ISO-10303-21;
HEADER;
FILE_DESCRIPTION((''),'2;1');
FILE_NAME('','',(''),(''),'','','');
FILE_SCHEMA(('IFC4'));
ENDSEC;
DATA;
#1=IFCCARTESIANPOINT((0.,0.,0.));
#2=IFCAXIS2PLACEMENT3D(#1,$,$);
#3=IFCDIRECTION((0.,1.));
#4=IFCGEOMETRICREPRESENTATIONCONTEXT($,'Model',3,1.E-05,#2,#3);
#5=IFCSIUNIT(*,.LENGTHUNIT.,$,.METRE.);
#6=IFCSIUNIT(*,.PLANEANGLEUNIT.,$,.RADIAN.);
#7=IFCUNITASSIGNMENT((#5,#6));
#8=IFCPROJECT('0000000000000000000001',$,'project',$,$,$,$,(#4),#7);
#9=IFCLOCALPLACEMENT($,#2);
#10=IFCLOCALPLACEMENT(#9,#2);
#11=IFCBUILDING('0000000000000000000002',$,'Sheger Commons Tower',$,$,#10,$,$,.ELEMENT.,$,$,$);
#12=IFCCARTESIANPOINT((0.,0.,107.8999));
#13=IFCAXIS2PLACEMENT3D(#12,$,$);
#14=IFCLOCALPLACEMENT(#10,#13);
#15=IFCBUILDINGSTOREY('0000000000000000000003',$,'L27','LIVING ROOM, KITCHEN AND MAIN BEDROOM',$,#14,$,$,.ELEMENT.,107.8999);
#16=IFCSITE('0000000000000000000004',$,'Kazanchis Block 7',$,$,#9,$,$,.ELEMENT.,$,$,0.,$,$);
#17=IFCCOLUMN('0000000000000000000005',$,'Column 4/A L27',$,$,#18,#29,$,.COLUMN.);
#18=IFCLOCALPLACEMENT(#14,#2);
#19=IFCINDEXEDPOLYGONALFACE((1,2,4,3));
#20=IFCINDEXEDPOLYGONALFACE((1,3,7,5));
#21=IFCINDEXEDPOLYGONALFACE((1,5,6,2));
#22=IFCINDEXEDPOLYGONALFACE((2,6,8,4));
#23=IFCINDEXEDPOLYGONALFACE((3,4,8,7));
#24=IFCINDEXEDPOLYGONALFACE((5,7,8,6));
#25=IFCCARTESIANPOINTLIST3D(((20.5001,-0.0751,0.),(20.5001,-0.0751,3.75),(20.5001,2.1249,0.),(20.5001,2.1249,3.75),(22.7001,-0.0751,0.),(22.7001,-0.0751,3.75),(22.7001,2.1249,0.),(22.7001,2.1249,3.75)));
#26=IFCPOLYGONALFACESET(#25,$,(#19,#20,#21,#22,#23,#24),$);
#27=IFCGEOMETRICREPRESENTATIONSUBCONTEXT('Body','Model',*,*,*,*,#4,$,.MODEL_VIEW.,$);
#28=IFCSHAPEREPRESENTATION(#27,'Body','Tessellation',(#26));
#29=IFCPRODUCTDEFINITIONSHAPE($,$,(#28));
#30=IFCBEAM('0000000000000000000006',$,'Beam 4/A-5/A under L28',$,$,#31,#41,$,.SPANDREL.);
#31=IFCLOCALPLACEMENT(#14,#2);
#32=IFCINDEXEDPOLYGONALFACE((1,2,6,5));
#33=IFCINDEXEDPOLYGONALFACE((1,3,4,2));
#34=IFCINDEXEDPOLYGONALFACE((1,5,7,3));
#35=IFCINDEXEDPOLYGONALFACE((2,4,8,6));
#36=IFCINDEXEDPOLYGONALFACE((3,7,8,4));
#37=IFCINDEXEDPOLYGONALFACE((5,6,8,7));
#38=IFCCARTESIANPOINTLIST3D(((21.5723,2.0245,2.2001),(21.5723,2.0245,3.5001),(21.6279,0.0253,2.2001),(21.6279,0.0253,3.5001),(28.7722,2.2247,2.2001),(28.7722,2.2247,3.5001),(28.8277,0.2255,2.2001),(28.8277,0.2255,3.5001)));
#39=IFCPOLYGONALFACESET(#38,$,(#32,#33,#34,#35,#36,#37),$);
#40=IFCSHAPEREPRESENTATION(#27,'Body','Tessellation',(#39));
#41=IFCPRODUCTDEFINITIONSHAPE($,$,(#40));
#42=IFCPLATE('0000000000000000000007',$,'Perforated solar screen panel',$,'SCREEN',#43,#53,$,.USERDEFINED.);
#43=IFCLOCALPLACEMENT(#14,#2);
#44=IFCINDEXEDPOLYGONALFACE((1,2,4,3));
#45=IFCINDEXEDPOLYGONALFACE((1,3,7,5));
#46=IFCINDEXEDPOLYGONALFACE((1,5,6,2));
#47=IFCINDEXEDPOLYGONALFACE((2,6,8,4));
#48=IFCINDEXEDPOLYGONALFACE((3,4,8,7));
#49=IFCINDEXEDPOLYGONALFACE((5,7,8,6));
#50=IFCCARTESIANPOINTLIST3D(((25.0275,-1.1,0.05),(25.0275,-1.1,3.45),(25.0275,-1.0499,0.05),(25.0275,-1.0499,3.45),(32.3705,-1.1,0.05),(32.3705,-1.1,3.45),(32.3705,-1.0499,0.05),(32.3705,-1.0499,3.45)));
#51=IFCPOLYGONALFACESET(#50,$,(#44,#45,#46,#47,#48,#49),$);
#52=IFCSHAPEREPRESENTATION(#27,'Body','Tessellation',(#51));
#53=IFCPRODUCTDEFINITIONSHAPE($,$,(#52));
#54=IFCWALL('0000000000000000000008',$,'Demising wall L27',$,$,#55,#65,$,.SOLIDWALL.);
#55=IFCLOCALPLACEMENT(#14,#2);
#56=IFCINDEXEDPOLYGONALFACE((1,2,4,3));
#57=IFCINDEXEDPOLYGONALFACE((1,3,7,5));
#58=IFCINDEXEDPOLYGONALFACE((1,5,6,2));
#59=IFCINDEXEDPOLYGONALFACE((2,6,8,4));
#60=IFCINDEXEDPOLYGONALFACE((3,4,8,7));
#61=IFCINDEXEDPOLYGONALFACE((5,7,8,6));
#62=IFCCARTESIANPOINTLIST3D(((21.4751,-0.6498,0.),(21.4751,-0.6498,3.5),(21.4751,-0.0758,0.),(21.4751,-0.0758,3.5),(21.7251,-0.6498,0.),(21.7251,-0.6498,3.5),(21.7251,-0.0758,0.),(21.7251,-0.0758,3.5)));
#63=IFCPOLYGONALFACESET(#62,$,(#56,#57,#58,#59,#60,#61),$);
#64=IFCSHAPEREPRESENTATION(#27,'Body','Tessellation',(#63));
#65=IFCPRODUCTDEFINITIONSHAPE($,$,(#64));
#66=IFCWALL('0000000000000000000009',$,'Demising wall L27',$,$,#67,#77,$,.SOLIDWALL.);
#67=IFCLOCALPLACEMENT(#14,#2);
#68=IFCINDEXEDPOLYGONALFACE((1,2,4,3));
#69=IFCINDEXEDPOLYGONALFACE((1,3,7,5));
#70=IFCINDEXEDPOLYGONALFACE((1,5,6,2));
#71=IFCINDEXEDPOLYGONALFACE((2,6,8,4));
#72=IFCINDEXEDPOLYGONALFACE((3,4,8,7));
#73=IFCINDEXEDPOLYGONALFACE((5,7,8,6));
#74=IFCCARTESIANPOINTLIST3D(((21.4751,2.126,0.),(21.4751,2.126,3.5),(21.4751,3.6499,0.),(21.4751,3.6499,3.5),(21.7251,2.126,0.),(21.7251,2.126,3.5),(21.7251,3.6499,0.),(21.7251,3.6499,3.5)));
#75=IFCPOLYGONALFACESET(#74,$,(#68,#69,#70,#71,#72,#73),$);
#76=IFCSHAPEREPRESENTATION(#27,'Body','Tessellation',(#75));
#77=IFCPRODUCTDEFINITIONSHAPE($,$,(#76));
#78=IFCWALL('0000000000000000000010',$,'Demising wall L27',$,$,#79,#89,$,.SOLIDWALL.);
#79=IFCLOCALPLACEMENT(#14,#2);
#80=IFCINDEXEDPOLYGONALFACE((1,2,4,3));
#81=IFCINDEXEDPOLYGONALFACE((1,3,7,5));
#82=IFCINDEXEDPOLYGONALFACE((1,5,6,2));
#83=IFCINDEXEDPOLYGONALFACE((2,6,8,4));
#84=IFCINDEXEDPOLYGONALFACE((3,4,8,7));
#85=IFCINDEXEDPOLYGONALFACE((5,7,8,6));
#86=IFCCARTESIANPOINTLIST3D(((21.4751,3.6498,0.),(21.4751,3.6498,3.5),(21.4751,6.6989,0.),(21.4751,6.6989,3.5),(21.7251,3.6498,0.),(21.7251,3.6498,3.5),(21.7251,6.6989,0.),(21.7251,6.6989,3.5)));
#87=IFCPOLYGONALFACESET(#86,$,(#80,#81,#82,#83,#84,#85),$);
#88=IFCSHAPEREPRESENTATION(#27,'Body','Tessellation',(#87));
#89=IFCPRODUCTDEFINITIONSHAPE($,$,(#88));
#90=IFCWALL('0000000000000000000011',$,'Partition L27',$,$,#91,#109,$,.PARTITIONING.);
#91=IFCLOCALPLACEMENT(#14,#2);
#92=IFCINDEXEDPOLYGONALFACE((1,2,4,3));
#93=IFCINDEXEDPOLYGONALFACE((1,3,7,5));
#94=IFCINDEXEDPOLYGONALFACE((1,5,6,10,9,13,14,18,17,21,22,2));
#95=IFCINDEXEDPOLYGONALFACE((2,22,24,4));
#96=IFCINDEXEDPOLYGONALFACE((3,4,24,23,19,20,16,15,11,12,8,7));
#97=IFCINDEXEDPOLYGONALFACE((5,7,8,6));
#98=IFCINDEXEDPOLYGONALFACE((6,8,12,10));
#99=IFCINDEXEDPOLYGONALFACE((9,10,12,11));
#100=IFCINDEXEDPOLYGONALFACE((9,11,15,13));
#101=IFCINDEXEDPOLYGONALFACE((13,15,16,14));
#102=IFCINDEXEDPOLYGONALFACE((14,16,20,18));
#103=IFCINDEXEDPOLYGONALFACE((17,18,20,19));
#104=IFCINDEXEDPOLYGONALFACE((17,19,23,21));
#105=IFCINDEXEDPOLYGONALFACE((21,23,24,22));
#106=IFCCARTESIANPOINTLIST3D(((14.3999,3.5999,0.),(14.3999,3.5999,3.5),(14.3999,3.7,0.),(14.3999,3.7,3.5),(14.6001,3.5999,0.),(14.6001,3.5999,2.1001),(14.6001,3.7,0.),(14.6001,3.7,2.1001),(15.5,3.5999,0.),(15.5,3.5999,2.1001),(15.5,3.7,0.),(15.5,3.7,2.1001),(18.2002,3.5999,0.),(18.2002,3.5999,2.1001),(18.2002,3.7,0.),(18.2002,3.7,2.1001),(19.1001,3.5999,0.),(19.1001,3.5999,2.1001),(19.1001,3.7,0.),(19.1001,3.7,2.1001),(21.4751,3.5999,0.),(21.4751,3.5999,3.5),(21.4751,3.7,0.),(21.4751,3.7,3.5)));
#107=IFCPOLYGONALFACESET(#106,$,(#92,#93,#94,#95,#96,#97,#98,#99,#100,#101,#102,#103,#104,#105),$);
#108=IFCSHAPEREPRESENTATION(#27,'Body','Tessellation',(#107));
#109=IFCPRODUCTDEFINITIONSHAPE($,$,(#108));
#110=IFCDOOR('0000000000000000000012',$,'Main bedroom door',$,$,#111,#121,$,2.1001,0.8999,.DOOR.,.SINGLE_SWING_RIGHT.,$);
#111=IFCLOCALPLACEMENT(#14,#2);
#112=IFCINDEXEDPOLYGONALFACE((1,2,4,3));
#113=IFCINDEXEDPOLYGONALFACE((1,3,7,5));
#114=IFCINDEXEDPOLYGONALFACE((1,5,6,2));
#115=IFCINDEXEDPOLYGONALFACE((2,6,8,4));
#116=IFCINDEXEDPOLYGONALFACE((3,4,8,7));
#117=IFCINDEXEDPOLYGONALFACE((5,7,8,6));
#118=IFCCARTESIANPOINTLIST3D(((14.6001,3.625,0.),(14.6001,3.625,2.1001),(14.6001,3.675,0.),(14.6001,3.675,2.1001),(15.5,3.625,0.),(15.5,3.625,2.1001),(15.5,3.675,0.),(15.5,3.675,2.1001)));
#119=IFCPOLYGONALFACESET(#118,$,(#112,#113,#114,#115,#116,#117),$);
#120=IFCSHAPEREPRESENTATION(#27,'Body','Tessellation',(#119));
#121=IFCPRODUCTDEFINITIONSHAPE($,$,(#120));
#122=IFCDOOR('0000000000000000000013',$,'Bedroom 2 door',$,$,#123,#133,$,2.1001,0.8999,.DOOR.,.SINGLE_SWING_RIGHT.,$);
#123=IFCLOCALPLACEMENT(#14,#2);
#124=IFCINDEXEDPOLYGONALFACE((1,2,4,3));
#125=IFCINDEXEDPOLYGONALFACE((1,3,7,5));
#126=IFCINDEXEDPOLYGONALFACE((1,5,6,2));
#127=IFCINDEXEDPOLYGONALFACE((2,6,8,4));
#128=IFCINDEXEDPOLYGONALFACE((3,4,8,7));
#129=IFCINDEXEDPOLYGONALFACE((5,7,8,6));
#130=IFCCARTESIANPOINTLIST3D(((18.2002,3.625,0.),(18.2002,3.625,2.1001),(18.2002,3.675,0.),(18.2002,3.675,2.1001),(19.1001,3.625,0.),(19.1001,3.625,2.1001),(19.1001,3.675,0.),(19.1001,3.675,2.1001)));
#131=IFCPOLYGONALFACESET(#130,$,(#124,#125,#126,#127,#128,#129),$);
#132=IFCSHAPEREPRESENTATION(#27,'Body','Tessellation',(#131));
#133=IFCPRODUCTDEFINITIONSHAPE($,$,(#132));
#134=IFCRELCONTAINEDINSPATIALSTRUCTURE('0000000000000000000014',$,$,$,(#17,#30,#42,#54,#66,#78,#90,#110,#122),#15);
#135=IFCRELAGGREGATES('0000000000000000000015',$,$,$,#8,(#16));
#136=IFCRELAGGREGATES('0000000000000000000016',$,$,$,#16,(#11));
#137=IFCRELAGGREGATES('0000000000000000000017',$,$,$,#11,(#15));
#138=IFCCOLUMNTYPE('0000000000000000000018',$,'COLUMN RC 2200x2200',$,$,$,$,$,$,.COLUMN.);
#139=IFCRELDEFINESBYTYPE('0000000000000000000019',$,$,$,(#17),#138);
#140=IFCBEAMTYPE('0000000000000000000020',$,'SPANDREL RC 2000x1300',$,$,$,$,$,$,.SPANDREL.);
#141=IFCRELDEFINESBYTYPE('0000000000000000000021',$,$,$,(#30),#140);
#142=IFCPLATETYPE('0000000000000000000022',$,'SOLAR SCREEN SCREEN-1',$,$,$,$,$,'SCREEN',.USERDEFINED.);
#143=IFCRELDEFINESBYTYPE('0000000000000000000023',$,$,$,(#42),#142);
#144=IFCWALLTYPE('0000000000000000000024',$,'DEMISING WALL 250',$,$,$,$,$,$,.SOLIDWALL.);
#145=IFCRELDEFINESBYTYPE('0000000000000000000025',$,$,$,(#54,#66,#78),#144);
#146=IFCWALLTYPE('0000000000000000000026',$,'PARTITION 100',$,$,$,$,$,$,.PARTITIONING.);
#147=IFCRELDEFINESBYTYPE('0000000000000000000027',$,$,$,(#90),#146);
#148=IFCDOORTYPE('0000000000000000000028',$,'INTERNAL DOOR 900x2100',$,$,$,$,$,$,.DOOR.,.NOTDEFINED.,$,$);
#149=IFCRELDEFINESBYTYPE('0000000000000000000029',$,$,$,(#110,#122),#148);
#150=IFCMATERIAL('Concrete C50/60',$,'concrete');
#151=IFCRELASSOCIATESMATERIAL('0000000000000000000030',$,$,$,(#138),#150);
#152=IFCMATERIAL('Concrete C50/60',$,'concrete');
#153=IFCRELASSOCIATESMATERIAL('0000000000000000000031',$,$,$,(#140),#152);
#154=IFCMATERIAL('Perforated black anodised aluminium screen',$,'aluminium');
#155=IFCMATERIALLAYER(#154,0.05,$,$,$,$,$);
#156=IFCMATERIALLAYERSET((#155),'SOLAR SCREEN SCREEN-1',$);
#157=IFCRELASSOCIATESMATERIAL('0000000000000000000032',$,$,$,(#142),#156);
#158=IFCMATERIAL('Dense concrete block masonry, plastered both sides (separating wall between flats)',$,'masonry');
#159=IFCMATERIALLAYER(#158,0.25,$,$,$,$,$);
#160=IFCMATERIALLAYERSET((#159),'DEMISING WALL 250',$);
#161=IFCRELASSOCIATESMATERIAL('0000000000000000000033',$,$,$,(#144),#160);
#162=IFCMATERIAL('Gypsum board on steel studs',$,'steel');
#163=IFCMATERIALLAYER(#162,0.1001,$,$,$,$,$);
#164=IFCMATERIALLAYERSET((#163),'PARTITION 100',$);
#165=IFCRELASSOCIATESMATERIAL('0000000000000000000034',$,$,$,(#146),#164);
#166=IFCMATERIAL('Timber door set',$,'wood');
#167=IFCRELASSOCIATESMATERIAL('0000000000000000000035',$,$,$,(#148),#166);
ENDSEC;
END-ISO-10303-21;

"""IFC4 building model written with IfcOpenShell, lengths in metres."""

from ifc_helpers import new_model, si_unit, direction, frame, frame_2d, origin, origin_2d, place, context, subcontext, project, spatial, rectangle, extrude, material, layer, layer_set, material_profile, profile_set, type_object, element, fill, save


model = new_model("IFC4")

# Units and contexts
model_context = context("Model", 3, precision=1e-05, world=origin(), true_north=direction((0.0, 1.0)))
body_context = subcontext(model_context, "Body", "Model", "MODEL_VIEW")
ifc_project = project(units=[si_unit("LENGTHUNIT", "METRE"), si_unit("PLANEANGLEUNIT", "RADIAN")], contexts=[model_context])

# Site, building, storey
site_placement = place(None, origin())
site = spatial("IfcSite", under=ifc_project, at=site_placement, Name="Kazanchis Block 7", CompositionType="ELEMENT", RefElevation=0.0)
building_placement = place(site_placement, origin())
building = spatial("IfcBuilding", under=site, at=building_placement, Name="Sheger Commons Tower", CompositionType="ELEMENT")
storey_placement = place(building_placement, frame((0.0, 0.0, 107.8999)))
storey = spatial("IfcBuildingStorey", under=building, at=storey_placement, Name="L27", Description="LIVING ROOM, KITCHEN AND MAIN BEDROOM", CompositionType="ELEMENT", Elevation=107.8999)

# Column
ifc_material_1 = material(Name="Concrete C50/60", Category="concrete")
ifc_material_profile_1 = material_profile(ifc_material_1, rectangle(XDim=2.2, YDim=2.2, at=origin_2d()), Name="RC 2200x2200")
ifc_profile_set_1 = profile_set([ifc_material_profile_1], Name="Concrete C50/60")
column_type = type_object("IfcColumnType", Name="COLUMN RC 2200x2200", PredefinedType="COLUMN", material=ifc_profile_set_1)
column_placement = place(storey_placement, frame((21.6001, 1.0249, 0.0), z_axis=(0.0, 0.0, 1.0), x_axis=(1.0, 0.0, 0.0)))
element("IfcColumn", 1, at=column_placement, inside=storey, type_object=column_type, Name="Column 4/A L27", PredefinedType="COLUMN", context=body_context, shape_type="SweptSolid", body=[
    extrude(rectangle(XDim=2.2, YDim=2.2, at=origin_2d()), origin(), (0.0, 0.0, 1.0), 3.75),
])

# Beam
ifc_material_2 = material(Name="Concrete C50/60", Category="concrete")
ifc_material_profile_2 = material_profile(ifc_material_2, rectangle(XDim=2.0, YDim=1.3, at=origin_2d()), Name="RC 2000x1300")
ifc_profile_set_2 = profile_set([ifc_material_profile_2], Name="Concrete C50/60")
beam_type = type_object("IfcBeamType", Name="SPANDREL RC 2000x1300", PredefinedType="SPANDREL", material=ifc_profile_set_2)
beam_placement = place(storey_placement, frame((21.6001, 1.0249, 2.8501), z_axis=(0.999614, 0.027794, 0.0), x_axis=(-0.027794, 0.999614, 0.0)))
element("IfcBeam", 2, at=beam_placement, inside=storey, type_object=beam_type, Name="Beam 4/A-5/A under L28", PredefinedType="SPANDREL", context=body_context, shape_type="SweptSolid", body=[
    extrude(rectangle(XDim=2.0, YDim=1.3, at=origin_2d()), origin(), (0.0, 0.0, 1.0), 7.2026),
])

# Plate
ifc_material_3 = material(Name="Perforated black anodised aluminium screen", Category="aluminium")
ifc_layer_1 = layer(ifc_material_3, 0.05)
ifc_layer_set_1 = layer_set([ifc_layer_1], Name="SOLAR SCREEN SCREEN-1")
plate_type = type_object("IfcPlateType", Name="SOLAR SCREEN SCREEN-1", ElementType="SCREEN", PredefinedType="USERDEFINED", material=ifc_layer_set_1)
plate_placement = place(storey_placement, frame((28.699, -1.075, 0.05), z_axis=(0.0, 0.0, 1.0), x_axis=(1.0, 0.0, 0.0)))
element("IfcPlate", 3, at=plate_placement, inside=storey, type_object=plate_type, Name="Perforated solar screen panel", ObjectType="SCREEN", PredefinedType="USERDEFINED", context=body_context, shape_type="SweptSolid", body=[
    extrude(rectangle(XDim=7.343, YDim=0.05, at=origin_2d()), origin(), (0.0, 0.0, 1.0), 3.3999),
])

# Walls
ifc_material_4 = material(Name="Dense concrete block masonry, plastered both sides (separating wall between flats)", Category="masonry")
ifc_layer_2 = layer(ifc_material_4, 0.25)
ifc_layer_set_2 = layer_set([ifc_layer_2], Name="DEMISING WALL 250")
wall_type_1 = type_object("IfcWallType", Name="DEMISING WALL 250", PredefinedType="SOLIDWALL", material=ifc_layer_set_2)
wall_1_placement = place(storey_placement, frame((21.6001, -0.6499, 0.0), z_axis=(0.0, 0.0, 1.0), x_axis=(0.0, 1.0, 0.0)))
element("IfcWall", 4, at=wall_1_placement, inside=storey, type_object=wall_type_1, Name="Demising wall L27", PredefinedType="SOLIDWALL", context=body_context, shape_type="SweptSolid", body=[
    extrude(rectangle(XDim=0.574, YDim=0.25, at=frame_2d((0.2871, 0.0))), origin(), (0.0, 0.0, 1.0), 3.5),
])
wall_2_placement = place(storey_placement, frame((21.6001, 2.126, 0.0), z_axis=(0.0, 0.0, 1.0), x_axis=(0.0, 1.0, 0.0)))
element("IfcWall", 5, at=wall_2_placement, inside=storey, type_object=wall_type_1, Name="Demising wall L27", PredefinedType="SOLIDWALL", context=body_context, shape_type="SweptSolid", body=[
    extrude(rectangle(XDim=1.5239, YDim=0.25, at=frame_2d((0.762, 0.0))), origin(), (0.0, 0.0, 1.0), 3.5),
])
wall_3_placement = place(storey_placement, frame((21.6001, 3.6499, 0.0), z_axis=(0.0, 0.0, 1.0), x_axis=(0.0, 1.0, 0.0)))
element("IfcWall", 6, at=wall_3_placement, inside=storey, type_object=wall_type_1, Name="Demising wall L27", PredefinedType="SOLIDWALL", context=body_context, shape_type="SweptSolid", body=[
    extrude(rectangle(XDim=3.0491, YDim=0.25, at=frame_2d((1.5244, 0.0))), origin(), (0.0, 0.0, 1.0), 3.5),
])

# Wall, openings, doors
ifc_material_5 = material(Name="Gypsum board on steel studs", Category="steel")
ifc_layer_3 = layer(ifc_material_5, 0.1001)
ifc_layer_set_3 = layer_set([ifc_layer_3], Name="PARTITION 100")
wall_type_2 = type_object("IfcWallType", Name="PARTITION 100", PredefinedType="PARTITIONING", material=ifc_layer_set_3)
wall_4_placement = place(storey_placement, frame((21.4751, 3.6499, 0.0), z_axis=(0.0, 0.0, 1.0), x_axis=(-1.0, 0.0, 0.0)))
wall_4 = element("IfcWall", 7, at=wall_4_placement, inside=storey, type_object=wall_type_2, Name="Partition L27", PredefinedType="PARTITIONING", context=body_context, shape_type="SweptSolid", body=[
    extrude(rectangle(XDim=7.0752, YDim=0.1001, at=frame_2d((3.5376, 0.0))), origin(), (0.0, 0.0, 1.0), 3.5),
])
opening_1_placement = place(wall_4_placement, frame((5.9751, 0.0, 0.0)))
opening_1 = element("IfcOpeningElement", 8, at=opening_1_placement, cuts=wall_4, PredefinedType="OPENING", context=body_context, shape_type="SweptSolid", body=[
    extrude(rectangle(XDim=0.8999, YDim=2.1001, at=frame_2d((0.45, 1.05))), frame((0.0, 0.0601, 0.0), z_axis=(0.0, -1.0, 0.0), x_axis=(1.0, 0.0, 0.0)), (0.0, 0.0, 1.0), 0.1201),
])
opening_2_placement = place(wall_4_placement, frame((2.375, 0.0, 0.0)))
opening_2 = element("IfcOpeningElement", 9, at=opening_2_placement, cuts=wall_4, PredefinedType="OPENING", context=body_context, shape_type="SweptSolid", body=[
    extrude(rectangle(XDim=0.8999, YDim=2.1001, at=frame_2d((0.45, 1.05))), frame((0.0, 0.0601, 0.0), z_axis=(0.0, -1.0, 0.0), x_axis=(1.0, 0.0, 0.0)), (0.0, 0.0, 1.0), 0.1201),
])
ifc_material_6 = material(Name="Timber door set", Category="wood")
door_type = type_object("IfcDoorType", Name="INTERNAL DOOR 900x2100", OperationType="NOTDEFINED", PredefinedType="DOOR", material=ifc_material_6)
door_1_placement = place(opening_1_placement, origin())
door_1 = element("IfcDoor", 10, at=door_1_placement, inside=storey, type_object=door_type, Name="Main bedroom door", OperationType="SINGLE_SWING_RIGHT", OverallHeight=2.1001, OverallWidth=0.8999, PredefinedType="DOOR", context=body_context, shape_type="SweptSolid", body=[
    extrude(rectangle(XDim=0.8999, YDim=2.1001, at=frame_2d((0.45, 1.05))), frame((0.0, 0.0249, 0.0), z_axis=(0.0, -1.0, 0.0), x_axis=(1.0, 0.0, 0.0)), (0.0, 0.0, 1.0), 0.05),
])
fill(opening_1, door_1)
door_2_placement = place(opening_2_placement, origin())
door_2 = element("IfcDoor", 11, at=door_2_placement, inside=storey, type_object=door_type, Name="Bedroom 2 door", OperationType="SINGLE_SWING_RIGHT", OverallHeight=2.1001, OverallWidth=0.8999, PredefinedType="DOOR", context=body_context, shape_type="SweptSolid", body=[
    extrude(rectangle(XDim=0.8999, YDim=2.1001, at=frame_2d((0.45, 1.05))), frame((0.0, 0.0249, 0.0), z_axis=(0.0, -1.0, 0.0), x_axis=(1.0, 0.0, 0.0)), (0.0, 0.0, 1.0), 0.05),
])
fill(opening_2, door_2)

save(model, "model.ifc")
